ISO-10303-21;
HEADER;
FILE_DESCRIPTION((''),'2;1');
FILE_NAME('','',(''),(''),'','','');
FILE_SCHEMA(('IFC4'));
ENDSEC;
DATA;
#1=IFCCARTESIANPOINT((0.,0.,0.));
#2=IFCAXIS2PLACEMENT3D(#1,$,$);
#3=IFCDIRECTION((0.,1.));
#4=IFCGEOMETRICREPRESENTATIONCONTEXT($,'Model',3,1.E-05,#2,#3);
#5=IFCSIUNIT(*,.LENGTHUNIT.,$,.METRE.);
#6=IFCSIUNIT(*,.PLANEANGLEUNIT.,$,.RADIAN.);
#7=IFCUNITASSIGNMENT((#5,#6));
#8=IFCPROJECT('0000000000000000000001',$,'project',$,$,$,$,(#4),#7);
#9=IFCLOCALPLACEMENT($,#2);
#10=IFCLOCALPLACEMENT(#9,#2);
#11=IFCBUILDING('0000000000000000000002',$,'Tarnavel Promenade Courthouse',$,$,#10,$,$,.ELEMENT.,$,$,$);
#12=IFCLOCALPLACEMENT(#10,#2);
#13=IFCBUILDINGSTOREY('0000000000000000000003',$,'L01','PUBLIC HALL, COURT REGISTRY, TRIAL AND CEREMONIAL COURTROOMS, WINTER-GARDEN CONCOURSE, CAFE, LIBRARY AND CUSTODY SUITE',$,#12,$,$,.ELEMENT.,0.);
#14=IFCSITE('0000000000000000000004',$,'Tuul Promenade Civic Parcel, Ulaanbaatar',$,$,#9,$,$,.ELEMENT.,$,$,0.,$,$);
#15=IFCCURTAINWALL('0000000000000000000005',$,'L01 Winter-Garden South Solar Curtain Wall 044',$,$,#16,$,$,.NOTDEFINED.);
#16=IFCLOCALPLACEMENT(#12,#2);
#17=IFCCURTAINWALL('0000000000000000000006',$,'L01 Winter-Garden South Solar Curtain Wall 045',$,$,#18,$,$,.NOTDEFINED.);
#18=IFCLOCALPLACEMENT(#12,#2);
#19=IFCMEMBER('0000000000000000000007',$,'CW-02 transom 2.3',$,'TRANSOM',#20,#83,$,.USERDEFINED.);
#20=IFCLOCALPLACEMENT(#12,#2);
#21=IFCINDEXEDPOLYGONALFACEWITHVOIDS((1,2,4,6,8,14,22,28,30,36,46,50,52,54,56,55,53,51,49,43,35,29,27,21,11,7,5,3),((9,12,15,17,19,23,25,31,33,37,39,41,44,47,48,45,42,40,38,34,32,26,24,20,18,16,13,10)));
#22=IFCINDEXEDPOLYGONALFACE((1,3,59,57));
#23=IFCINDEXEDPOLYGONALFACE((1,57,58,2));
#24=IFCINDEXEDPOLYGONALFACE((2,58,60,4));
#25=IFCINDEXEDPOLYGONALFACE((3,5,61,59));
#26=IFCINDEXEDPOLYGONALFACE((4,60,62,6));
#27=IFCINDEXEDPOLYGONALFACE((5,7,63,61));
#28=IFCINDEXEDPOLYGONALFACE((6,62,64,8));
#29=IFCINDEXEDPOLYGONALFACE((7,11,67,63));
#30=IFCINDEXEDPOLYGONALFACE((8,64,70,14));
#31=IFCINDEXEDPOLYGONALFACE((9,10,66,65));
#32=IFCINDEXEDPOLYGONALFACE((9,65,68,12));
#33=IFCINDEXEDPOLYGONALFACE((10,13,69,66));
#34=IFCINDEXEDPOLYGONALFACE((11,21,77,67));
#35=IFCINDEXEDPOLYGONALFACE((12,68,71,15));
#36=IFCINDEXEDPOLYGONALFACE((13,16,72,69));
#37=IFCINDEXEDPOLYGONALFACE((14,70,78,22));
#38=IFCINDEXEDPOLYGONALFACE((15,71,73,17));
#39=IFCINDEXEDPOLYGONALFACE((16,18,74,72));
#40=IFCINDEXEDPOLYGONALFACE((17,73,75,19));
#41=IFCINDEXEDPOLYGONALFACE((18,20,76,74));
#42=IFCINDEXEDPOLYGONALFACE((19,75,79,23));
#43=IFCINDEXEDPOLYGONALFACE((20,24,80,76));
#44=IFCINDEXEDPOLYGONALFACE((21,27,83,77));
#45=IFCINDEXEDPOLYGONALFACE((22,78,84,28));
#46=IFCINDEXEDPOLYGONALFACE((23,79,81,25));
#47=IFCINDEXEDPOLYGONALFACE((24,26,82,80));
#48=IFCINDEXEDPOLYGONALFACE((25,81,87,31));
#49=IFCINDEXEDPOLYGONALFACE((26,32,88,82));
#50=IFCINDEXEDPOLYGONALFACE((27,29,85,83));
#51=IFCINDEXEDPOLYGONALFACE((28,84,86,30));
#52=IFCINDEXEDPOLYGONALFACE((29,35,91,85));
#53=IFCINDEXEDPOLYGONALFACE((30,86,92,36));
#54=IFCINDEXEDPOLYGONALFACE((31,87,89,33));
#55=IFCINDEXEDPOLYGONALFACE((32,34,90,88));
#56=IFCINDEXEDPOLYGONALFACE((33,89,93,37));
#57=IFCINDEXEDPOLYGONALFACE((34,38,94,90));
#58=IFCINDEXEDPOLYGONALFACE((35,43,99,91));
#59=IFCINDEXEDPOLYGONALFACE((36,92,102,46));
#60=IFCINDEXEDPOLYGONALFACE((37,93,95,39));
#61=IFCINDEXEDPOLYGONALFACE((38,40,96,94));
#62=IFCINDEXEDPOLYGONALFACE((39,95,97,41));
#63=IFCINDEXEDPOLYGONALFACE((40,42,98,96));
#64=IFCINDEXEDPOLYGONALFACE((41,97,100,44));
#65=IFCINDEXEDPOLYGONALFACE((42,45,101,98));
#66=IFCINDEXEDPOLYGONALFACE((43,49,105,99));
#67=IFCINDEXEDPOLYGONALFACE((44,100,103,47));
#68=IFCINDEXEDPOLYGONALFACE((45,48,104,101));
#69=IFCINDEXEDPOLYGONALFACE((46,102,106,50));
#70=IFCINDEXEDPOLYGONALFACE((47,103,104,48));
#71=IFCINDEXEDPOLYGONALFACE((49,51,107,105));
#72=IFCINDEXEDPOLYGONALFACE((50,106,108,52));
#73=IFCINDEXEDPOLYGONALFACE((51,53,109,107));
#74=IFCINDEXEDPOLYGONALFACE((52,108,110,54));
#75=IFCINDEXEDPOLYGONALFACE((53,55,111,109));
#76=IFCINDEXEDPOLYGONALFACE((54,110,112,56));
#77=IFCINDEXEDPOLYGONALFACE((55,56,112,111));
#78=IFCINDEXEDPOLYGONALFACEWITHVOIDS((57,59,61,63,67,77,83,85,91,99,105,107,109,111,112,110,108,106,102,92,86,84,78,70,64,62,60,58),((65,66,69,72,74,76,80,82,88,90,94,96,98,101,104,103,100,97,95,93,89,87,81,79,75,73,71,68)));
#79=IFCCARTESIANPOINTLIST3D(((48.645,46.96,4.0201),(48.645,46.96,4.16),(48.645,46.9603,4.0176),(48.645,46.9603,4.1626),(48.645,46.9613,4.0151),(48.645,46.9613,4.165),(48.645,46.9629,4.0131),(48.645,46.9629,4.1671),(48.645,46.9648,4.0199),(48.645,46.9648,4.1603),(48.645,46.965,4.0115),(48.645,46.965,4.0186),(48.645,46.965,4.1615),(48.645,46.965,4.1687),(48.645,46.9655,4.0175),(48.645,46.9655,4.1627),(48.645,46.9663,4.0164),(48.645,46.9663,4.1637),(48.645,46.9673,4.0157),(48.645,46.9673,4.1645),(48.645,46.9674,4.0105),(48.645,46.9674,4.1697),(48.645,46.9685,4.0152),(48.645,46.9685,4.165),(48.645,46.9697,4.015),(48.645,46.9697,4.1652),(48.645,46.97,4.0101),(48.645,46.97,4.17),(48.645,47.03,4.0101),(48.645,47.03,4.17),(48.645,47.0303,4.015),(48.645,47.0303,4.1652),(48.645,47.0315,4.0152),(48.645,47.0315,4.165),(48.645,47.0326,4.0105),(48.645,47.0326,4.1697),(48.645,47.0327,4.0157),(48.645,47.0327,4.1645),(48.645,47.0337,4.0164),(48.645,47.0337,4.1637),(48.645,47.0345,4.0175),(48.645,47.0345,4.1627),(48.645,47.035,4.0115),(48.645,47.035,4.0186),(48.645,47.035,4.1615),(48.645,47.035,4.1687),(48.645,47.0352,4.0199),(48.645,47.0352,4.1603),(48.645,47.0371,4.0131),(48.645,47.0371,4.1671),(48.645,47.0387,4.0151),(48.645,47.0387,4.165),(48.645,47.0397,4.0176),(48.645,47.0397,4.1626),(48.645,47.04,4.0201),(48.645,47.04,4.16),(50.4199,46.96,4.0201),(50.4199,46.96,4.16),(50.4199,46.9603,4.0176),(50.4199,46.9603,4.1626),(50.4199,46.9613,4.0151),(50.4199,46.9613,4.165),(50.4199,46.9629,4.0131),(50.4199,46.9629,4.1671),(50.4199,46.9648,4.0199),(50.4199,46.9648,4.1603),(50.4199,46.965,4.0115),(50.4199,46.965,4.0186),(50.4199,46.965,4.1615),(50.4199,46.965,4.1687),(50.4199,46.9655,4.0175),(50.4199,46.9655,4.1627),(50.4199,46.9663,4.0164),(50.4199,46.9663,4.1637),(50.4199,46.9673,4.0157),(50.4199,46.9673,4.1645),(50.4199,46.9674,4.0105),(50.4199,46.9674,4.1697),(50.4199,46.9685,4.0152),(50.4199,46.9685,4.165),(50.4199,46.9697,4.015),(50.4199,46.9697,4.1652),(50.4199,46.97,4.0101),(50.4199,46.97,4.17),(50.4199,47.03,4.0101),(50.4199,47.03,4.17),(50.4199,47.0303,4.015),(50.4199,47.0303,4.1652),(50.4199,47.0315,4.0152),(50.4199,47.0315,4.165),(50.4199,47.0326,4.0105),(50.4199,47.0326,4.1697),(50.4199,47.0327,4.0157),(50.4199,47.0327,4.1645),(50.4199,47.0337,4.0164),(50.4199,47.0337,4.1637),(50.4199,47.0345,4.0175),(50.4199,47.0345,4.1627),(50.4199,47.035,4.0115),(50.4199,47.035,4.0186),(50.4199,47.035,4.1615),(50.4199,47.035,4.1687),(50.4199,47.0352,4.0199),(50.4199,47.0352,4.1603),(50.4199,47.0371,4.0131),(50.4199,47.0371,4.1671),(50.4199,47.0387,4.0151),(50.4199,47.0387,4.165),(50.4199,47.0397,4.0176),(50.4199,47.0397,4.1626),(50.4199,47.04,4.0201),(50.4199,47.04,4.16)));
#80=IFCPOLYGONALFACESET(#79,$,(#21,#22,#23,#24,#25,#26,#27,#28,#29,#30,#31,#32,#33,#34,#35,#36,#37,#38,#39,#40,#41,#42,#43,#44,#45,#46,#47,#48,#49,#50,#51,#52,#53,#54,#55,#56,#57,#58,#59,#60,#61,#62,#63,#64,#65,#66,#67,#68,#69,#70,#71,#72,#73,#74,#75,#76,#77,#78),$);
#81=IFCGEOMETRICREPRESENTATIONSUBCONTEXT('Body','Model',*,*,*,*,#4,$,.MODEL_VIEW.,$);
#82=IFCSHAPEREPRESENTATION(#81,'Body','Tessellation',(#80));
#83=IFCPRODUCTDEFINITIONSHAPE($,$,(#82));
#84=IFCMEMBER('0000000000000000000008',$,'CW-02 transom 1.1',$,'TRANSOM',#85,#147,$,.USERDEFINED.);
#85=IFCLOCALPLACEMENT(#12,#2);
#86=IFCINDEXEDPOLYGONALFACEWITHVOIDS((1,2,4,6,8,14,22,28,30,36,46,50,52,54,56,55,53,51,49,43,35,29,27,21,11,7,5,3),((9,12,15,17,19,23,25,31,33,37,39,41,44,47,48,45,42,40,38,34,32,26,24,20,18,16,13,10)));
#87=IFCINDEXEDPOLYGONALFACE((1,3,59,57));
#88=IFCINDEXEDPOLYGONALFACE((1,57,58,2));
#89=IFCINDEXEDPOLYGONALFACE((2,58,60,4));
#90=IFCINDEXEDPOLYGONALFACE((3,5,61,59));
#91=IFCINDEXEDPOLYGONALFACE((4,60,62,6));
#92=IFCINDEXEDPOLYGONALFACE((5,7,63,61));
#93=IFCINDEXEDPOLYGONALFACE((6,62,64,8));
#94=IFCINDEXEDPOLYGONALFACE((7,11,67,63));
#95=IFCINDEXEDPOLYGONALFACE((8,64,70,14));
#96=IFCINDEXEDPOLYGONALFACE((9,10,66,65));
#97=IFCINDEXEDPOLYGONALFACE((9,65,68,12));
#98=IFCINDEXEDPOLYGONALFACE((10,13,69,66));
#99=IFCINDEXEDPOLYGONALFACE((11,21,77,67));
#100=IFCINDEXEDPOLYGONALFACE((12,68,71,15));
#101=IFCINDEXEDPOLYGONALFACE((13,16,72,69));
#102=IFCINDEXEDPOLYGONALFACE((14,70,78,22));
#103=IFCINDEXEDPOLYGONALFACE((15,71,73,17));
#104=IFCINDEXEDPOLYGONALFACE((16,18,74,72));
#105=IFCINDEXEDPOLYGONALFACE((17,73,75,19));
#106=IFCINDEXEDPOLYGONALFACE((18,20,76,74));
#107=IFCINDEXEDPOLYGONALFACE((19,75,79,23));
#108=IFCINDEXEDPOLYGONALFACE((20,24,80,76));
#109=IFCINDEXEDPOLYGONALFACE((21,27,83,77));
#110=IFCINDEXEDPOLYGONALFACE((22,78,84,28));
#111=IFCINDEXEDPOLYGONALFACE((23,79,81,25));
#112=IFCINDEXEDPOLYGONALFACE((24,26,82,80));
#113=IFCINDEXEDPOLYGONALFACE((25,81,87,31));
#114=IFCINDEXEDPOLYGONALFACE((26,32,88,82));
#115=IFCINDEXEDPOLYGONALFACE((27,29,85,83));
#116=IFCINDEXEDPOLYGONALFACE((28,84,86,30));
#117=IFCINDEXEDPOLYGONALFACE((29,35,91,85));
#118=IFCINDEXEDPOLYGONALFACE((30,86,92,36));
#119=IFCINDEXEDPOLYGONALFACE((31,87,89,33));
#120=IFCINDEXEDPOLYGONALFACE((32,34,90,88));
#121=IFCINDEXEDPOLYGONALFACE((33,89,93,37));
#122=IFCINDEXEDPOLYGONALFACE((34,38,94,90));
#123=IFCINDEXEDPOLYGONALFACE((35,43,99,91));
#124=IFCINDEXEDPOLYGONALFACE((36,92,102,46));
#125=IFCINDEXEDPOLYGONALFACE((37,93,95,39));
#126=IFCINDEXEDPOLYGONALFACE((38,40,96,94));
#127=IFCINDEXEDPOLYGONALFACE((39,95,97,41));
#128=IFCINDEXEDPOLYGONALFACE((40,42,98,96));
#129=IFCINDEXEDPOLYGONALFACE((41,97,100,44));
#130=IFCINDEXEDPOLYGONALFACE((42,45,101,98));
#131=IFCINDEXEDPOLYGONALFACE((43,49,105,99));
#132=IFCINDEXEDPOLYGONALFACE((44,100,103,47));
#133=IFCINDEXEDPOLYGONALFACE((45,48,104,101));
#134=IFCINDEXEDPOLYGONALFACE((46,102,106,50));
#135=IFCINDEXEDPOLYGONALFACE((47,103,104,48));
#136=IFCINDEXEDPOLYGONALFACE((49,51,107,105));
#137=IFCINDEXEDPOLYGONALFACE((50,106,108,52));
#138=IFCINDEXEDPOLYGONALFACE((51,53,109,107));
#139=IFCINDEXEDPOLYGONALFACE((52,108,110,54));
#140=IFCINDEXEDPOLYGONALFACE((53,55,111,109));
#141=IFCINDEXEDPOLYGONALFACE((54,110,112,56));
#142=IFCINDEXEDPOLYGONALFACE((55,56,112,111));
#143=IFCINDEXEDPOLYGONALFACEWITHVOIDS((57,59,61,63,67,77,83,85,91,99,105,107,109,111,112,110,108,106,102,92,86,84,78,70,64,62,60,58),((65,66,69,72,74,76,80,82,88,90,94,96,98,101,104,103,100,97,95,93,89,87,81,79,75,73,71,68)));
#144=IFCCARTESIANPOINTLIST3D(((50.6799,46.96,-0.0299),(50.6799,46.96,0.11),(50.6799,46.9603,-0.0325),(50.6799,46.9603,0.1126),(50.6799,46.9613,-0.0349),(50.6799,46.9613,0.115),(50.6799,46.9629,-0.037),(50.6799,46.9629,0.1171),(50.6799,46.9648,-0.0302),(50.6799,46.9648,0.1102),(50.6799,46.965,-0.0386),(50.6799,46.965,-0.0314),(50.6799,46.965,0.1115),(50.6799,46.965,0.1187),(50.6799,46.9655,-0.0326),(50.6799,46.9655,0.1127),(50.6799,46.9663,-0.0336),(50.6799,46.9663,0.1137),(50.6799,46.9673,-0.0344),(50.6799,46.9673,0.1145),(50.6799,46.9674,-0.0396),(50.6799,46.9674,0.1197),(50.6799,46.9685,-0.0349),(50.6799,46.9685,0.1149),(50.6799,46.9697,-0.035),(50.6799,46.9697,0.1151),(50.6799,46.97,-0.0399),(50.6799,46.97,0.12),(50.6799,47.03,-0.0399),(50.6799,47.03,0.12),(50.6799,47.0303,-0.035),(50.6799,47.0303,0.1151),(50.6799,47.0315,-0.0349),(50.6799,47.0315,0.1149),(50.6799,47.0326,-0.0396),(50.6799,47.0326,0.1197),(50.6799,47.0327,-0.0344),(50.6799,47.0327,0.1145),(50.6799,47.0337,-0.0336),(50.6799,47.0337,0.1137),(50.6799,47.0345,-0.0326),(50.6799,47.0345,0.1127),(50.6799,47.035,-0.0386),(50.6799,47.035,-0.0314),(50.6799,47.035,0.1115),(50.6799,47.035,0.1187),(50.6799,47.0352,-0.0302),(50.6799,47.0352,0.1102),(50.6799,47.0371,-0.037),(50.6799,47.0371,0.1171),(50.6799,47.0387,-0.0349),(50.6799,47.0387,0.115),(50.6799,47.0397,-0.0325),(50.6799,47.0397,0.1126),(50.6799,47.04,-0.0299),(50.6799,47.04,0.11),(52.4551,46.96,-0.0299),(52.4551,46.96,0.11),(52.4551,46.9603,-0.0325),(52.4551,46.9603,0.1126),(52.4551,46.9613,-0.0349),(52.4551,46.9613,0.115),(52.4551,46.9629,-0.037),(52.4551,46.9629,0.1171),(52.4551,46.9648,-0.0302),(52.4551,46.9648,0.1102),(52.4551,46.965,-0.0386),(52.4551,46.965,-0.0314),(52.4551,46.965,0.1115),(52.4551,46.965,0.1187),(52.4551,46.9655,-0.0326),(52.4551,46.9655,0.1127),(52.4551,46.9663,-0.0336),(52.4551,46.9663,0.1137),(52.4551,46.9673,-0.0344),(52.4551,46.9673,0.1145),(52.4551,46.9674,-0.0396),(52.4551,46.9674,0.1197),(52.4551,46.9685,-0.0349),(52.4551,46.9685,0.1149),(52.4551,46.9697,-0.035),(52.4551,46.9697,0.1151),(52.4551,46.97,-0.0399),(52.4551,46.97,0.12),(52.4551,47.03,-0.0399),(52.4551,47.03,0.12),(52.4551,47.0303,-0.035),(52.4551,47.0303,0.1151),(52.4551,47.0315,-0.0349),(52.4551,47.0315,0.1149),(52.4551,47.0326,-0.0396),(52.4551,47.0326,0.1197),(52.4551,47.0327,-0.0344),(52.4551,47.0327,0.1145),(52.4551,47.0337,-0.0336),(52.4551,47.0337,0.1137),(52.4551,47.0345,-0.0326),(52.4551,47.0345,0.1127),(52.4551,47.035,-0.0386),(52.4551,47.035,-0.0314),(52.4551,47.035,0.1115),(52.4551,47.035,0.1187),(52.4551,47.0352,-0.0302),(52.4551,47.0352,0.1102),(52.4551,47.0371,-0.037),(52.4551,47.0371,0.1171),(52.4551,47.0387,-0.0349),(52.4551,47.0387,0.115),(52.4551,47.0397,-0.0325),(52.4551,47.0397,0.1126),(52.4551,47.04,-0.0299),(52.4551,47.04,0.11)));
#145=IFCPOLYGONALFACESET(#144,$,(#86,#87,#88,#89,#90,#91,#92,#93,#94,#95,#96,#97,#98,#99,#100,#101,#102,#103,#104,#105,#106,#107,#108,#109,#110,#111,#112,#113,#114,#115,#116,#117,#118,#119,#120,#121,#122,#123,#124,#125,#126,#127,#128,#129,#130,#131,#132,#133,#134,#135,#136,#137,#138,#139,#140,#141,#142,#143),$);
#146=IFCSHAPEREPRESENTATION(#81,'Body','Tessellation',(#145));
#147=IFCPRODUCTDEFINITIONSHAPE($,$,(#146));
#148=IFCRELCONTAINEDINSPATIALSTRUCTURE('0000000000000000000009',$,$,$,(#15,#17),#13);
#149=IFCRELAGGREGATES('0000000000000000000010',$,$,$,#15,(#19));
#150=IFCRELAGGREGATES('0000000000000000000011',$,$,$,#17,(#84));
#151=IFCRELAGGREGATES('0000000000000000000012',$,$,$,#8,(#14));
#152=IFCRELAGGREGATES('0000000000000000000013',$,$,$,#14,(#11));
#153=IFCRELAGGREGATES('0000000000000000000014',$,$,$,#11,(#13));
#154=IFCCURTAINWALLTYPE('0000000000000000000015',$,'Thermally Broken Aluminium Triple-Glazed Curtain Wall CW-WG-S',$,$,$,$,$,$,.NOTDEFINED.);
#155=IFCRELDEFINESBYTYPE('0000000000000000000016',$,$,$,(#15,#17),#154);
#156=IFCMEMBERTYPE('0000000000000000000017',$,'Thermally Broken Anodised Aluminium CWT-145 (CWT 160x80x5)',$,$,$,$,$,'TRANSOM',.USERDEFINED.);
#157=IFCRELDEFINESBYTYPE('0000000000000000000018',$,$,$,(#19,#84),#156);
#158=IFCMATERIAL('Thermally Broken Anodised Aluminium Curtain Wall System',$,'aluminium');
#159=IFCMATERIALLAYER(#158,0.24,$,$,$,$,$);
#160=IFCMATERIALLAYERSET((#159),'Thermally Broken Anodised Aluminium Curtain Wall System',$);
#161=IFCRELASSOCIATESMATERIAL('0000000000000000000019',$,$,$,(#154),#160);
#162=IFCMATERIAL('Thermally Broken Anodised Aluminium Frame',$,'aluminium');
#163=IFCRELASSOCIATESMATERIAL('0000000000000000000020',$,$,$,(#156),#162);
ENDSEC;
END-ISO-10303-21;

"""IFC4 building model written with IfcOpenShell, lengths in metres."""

from ifc_helpers import new_model, si_unit, direction, frame, origin, origin_2d, place, context, subcontext, project, spatial, hollow_rectangle, extrude, material, layer, layer_set, material_profile, profile_set, type_object, element, aggregate, save


model = new_model("IFC4")

# Units and contexts
model_context = context("Model", 3, precision=1e-05, world=origin(), true_north=direction((0.0, 1.0)))
body_context = subcontext(model_context, "Body", "Model", "MODEL_VIEW")
ifc_project = project(units=[si_unit("LENGTHUNIT", "METRE"), si_unit("PLANEANGLEUNIT", "RADIAN")], contexts=[model_context])

# Site, building, storey
site_placement = place(None, origin())
site = spatial("IfcSite", under=ifc_project, at=site_placement, Name="Tuul Promenade Civic Parcel, Ulaanbaatar", CompositionType="ELEMENT", RefElevation=0.0)
building_placement = place(site_placement, origin())
building = spatial("IfcBuilding", under=site, at=building_placement, Name="Tarnavel Promenade Courthouse", CompositionType="ELEMENT")
storey_placement = place(building_placement, origin())
storey = spatial("IfcBuildingStorey", under=building, at=storey_placement, Name="L01", Description="PUBLIC HALL, COURT REGISTRY, TRIAL AND CEREMONIAL COURTROOMS, WINTER-GARDEN CONCOURSE, CAFE, LIBRARY AND CUSTODY SUITE", CompositionType="ELEMENT", Elevation=0.0)

# Curtain walls
ifc_material_1 = material(Name="Thermally Broken Anodised Aluminium Curtain Wall System", Category="aluminium")
ifc_layer_1 = layer(ifc_material_1, 0.24)
ifc_layer_set_1 = layer_set([ifc_layer_1], Name="Thermally Broken Anodised Aluminium Curtain Wall System")
curtain_wall_type = type_object("IfcCurtainWallType", Name="Thermally Broken Aluminium Triple-Glazed Curtain Wall CW-WG-S", PredefinedType="NOTDEFINED", material=ifc_layer_set_1)
ifc_material_2 = material(Name="Thermally Broken Anodised Aluminium Frame", Category="aluminium")
curtain_wall_1_placement = place(storey_placement, origin())
curtain_wall_1 = element("IfcCurtainWall", 1, at=curtain_wall_1_placement, inside=storey, type_object=curtain_wall_type, Name="L01 Winter-Garden South Solar Curtain Wall 044", PredefinedType="NOTDEFINED")
curtain_wall_2_placement = place(storey_placement, origin())
curtain_wall_2 = element("IfcCurtainWall", 2, at=curtain_wall_2_placement, inside=storey, type_object=curtain_wall_type, Name="L01 Winter-Garden South Solar Curtain Wall 045", PredefinedType="NOTDEFINED")

# Members
ifc_material_profile_1 = material_profile(ifc_material_2, hollow_rectangle(XDim=0.0801, YDim=0.1599, WallThickness=0.0049, InnerFilletRadius=0.0049, OuterFilletRadius=0.01, at=origin_2d()), Name="CWT 160x80x5")
ifc_profile_set_1 = profile_set([ifc_material_profile_1], Name="Thermally Broken Anodised Aluminium Frame")
member_type_1 = type_object("IfcMemberType", Name="Thermally Broken Anodised Aluminium CWT-145 (CWT 160x80x5)", ElementType="TRANSOM", PredefinedType="USERDEFINED", material=ifc_profile_set_1)
member_1_placement = place(storey_placement, frame((48.645, 47.0, 4.0901), z_axis=(1.0, 0.0, 0.0), x_axis=(0.0, 1.0, 0.0)))
member_1 = element("IfcMember", 3, at=member_1_placement, type_object=member_type_1, Name="CW-02 transom 2.3", ObjectType="TRANSOM", PredefinedType="USERDEFINED", context=body_context, shape_type="SweptSolid", body=[
    extrude(hollow_rectangle(XDim=0.0801, YDim=0.1599, WallThickness=0.0049, InnerFilletRadius=0.0049, OuterFilletRadius=0.01, at=origin_2d()), origin(), (0.0, 0.0, 1.0), 1.7749),
])
member_2_placement = place(storey_placement, frame((50.6799, 47.0, 0.04), z_axis=(1.0, 0.0, 0.0), x_axis=(0.0, 1.0, 0.0)))
member_2 = element("IfcMember", 4, at=member_2_placement, type_object=member_type_1, Name="CW-02 transom 1.1", ObjectType="TRANSOM", PredefinedType="USERDEFINED", context=body_context, shape_type="SweptSolid", body=[
    extrude(hollow_rectangle(XDim=0.0801, YDim=0.1599, WallThickness=0.0049, InnerFilletRadius=0.0049, OuterFilletRadius=0.01, at=origin_2d()), origin(), (0.0, 0.0, 1.0), 1.7751),
])

aggregate(curtain_wall_1, [member_1])
aggregate(curtain_wall_2, [member_2])

save(model, "model.ifc")
